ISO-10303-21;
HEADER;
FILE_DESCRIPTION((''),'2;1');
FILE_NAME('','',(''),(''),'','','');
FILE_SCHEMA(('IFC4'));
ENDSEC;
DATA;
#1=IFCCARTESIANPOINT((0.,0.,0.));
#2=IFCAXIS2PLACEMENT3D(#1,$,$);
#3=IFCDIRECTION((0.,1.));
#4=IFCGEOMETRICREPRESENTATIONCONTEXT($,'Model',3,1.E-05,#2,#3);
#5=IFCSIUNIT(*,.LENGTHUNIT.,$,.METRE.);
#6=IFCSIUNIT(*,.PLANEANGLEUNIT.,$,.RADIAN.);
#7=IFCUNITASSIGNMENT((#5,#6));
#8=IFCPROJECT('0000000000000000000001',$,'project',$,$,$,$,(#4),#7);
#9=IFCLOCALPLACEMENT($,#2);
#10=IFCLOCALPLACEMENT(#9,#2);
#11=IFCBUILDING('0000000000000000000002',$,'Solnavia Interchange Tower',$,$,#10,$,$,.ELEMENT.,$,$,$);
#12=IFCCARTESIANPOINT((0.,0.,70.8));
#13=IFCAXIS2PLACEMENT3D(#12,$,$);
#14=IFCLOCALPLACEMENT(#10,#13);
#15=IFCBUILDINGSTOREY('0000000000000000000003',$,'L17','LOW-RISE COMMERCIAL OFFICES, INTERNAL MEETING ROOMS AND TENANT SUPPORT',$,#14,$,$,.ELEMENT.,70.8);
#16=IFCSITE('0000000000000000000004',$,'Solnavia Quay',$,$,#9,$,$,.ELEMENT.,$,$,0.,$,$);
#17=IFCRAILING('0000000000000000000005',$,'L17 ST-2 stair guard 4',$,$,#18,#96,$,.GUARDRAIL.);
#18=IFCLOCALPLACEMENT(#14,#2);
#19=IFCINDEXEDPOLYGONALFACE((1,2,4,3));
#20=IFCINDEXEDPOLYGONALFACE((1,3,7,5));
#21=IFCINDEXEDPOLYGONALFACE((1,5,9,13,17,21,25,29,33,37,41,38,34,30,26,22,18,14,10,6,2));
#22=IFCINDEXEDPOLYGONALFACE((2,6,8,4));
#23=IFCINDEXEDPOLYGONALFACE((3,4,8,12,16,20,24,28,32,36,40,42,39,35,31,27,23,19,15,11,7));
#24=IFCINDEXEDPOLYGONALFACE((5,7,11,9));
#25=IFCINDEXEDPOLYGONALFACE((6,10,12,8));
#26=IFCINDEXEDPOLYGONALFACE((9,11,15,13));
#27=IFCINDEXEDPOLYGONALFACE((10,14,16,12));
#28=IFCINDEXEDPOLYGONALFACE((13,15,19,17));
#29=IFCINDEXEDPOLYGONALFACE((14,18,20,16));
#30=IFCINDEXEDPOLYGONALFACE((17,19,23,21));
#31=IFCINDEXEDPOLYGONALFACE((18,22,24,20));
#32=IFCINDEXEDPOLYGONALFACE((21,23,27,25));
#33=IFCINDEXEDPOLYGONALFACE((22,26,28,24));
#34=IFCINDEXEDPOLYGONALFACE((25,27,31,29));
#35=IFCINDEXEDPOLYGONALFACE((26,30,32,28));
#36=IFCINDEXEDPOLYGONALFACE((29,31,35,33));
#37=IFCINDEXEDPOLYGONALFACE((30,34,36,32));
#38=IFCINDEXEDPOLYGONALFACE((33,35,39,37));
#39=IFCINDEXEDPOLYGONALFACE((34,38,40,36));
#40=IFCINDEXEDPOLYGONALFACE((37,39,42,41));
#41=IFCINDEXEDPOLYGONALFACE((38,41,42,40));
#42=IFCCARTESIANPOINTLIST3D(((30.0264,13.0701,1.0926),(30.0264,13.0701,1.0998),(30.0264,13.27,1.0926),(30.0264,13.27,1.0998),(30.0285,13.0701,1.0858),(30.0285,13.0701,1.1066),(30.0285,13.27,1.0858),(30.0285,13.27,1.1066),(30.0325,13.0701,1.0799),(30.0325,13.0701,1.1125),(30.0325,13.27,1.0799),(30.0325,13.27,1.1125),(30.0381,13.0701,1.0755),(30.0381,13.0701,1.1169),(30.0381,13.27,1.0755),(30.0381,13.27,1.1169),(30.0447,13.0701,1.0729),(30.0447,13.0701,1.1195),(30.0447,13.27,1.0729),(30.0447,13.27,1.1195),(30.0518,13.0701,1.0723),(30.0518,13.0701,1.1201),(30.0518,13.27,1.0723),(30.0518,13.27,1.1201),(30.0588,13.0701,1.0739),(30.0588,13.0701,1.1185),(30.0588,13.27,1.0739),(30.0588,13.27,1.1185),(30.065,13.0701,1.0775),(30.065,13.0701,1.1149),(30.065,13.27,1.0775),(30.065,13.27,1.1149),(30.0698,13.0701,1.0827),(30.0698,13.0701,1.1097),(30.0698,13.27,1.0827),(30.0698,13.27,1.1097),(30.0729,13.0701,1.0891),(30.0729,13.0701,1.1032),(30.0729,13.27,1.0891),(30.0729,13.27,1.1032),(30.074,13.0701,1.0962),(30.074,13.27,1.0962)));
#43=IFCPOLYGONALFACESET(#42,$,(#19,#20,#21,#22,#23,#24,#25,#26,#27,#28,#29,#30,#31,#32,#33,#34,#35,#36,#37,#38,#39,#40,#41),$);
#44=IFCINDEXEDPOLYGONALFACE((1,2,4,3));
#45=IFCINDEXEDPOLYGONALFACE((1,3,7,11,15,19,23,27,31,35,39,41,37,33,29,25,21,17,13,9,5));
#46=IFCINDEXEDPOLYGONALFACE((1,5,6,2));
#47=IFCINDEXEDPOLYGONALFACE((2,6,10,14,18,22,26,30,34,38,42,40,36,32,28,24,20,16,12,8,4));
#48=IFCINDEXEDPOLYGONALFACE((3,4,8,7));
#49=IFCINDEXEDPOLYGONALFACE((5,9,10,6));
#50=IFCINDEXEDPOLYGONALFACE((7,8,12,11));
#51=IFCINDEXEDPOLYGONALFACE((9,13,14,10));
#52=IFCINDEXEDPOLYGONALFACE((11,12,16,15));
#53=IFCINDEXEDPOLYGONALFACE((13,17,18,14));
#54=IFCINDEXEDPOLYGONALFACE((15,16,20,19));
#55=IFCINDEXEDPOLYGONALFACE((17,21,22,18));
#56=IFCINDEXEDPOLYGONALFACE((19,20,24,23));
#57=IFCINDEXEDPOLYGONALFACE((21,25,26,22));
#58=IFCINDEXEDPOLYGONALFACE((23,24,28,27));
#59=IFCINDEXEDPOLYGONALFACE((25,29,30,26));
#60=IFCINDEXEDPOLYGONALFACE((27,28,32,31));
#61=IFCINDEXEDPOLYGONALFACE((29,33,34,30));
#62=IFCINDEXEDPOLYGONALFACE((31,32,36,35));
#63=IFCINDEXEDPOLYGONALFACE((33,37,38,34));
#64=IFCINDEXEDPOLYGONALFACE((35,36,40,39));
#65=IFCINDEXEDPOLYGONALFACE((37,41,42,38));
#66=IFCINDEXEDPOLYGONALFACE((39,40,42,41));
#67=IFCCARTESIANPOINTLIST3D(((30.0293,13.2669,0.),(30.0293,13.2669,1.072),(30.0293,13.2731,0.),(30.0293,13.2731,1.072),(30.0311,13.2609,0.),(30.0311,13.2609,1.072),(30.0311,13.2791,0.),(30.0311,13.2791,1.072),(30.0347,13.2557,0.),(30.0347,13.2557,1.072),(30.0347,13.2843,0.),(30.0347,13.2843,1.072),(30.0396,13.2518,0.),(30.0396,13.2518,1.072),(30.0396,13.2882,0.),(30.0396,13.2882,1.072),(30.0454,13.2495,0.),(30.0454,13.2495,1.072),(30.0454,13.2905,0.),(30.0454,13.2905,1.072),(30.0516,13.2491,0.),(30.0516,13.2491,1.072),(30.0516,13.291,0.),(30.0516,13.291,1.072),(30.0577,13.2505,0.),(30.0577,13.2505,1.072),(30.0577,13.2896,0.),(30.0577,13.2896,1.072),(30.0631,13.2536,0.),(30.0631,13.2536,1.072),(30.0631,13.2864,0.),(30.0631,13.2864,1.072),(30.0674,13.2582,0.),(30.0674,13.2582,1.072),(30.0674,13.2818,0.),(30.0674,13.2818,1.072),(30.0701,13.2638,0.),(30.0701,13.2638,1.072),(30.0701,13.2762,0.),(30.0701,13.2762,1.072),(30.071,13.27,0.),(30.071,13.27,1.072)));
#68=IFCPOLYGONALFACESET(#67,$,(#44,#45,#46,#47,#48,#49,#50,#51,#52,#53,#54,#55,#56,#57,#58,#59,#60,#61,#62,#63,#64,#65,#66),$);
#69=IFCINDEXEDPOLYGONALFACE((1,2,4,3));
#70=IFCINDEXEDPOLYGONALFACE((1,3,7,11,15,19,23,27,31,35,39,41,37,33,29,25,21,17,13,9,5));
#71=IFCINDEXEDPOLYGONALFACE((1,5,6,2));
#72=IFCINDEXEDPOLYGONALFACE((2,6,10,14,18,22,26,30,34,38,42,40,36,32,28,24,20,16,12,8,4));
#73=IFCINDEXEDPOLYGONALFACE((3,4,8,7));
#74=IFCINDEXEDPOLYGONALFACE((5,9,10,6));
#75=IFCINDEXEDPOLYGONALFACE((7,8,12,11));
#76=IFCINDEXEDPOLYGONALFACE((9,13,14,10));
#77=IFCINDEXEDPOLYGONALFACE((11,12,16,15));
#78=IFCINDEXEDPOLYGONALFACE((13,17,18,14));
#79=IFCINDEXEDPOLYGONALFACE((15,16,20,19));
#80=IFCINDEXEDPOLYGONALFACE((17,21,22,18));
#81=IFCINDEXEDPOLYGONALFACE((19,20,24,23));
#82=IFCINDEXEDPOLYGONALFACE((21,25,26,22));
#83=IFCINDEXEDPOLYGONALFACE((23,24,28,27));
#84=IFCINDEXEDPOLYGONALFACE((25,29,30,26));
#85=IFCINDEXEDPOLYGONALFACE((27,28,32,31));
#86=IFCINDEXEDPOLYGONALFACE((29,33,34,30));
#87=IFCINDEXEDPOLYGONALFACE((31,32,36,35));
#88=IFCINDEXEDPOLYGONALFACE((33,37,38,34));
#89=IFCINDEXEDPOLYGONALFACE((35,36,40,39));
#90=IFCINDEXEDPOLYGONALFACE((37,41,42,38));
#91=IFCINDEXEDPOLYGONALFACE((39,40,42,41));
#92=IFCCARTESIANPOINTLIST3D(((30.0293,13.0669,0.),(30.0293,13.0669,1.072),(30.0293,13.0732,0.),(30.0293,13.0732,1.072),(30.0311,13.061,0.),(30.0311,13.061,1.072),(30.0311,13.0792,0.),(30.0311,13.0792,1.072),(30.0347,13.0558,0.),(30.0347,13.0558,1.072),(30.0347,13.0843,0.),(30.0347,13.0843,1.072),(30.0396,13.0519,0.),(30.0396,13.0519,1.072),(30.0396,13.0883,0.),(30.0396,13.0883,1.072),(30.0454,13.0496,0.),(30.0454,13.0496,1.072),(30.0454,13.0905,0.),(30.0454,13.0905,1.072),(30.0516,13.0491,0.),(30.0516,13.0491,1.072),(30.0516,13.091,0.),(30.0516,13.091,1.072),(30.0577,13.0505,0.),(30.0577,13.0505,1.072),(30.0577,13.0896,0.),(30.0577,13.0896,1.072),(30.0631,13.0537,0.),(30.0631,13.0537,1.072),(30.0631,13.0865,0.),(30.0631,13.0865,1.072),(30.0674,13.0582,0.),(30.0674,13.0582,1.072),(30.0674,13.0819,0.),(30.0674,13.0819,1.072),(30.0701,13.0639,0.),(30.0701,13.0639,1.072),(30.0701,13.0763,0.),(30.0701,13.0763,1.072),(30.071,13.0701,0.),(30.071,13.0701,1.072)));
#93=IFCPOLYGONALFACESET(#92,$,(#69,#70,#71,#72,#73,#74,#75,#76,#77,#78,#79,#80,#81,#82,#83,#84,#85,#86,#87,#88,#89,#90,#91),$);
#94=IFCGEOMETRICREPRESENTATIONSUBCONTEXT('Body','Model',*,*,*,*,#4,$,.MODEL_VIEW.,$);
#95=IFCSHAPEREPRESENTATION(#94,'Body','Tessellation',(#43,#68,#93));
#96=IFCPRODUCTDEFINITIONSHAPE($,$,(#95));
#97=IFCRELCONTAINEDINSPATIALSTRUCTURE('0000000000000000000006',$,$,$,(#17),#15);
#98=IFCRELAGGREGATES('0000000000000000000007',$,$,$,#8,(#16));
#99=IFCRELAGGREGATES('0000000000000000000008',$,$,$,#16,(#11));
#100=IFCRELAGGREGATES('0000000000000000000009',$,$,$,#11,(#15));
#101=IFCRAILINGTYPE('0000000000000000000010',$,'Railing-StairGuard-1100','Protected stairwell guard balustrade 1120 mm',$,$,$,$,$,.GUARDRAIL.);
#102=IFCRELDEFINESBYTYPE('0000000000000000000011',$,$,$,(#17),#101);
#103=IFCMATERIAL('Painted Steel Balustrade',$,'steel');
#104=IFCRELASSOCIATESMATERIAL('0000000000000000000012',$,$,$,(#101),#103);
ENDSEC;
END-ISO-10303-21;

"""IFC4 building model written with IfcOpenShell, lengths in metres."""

from ifc_helpers import new_model, si_unit, direction, frame, origin, origin_2d, place, context, subcontext, project, spatial, circle, extrude, material, type_object, element, save


model = new_model("IFC4")

# Units and contexts
model_context = context("Model", 3, precision=1e-05, world=origin(), true_north=direction((0.0, 1.0)))
body_context = subcontext(model_context, "Body", "Model", "MODEL_VIEW")
ifc_project = project(units=[si_unit("LENGTHUNIT", "METRE"), si_unit("PLANEANGLEUNIT", "RADIAN")], contexts=[model_context])

# Site, building, storey
site_placement = place(None, origin())
site = spatial("IfcSite", under=ifc_project, at=site_placement, Name="Solnavia Quay", CompositionType="ELEMENT", RefElevation=0.0)
building_placement = place(site_placement, origin())
building = spatial("IfcBuilding", under=site, at=building_placement, Name="Solnavia Interchange Tower", CompositionType="ELEMENT")
storey_placement = place(building_placement, frame((0.0, 0.0, 70.8)))
storey = spatial("IfcBuildingStorey", under=building, at=storey_placement, Name="L17", Description="LOW-RISE COMMERCIAL OFFICES, INTERNAL MEETING ROOMS AND TENANT SUPPORT", CompositionType="ELEMENT", Elevation=70.8)

# Railing
ifc_material_1 = material(Name="Painted Steel Balustrade", Category="steel")
railing_type_1 = type_object("IfcRailingType", Name="Railing-StairGuard-1100", Description="Protected stairwell guard balustrade 1120 mm", PredefinedType="GUARDRAIL", material=ifc_material_1)
railing_1_placement = place(storey_placement, frame((30.05, 13.27, 0.0)))
element("IfcRailing", 1, at=railing_1_placement, inside=storey, type_object=railing_type_1, Name="L17 ST-2 stair guard 4", PredefinedType="GUARDRAIL", context=body_context, shape_type="SweptSolid", body=[
    extrude(circle(Radius=0.0239, at=origin_2d()), frame((0.0, 0.0, 1.0962), z_axis=(0.0, -1.0, 0.0), x_axis=(1.0, 0.0, 0.0)), (0.0, 0.0, 1.0), 0.2),
    extrude(circle(Radius=0.021, at=origin_2d()), origin(), (0.0, 0.0, 1.0), 1.072),
    extrude(circle(Radius=0.021, at=origin_2d()), frame((0.0, -0.2, 0.0)), (0.0, 0.0, 1.0), 1.072),
])

save(model, "model.ifc")
